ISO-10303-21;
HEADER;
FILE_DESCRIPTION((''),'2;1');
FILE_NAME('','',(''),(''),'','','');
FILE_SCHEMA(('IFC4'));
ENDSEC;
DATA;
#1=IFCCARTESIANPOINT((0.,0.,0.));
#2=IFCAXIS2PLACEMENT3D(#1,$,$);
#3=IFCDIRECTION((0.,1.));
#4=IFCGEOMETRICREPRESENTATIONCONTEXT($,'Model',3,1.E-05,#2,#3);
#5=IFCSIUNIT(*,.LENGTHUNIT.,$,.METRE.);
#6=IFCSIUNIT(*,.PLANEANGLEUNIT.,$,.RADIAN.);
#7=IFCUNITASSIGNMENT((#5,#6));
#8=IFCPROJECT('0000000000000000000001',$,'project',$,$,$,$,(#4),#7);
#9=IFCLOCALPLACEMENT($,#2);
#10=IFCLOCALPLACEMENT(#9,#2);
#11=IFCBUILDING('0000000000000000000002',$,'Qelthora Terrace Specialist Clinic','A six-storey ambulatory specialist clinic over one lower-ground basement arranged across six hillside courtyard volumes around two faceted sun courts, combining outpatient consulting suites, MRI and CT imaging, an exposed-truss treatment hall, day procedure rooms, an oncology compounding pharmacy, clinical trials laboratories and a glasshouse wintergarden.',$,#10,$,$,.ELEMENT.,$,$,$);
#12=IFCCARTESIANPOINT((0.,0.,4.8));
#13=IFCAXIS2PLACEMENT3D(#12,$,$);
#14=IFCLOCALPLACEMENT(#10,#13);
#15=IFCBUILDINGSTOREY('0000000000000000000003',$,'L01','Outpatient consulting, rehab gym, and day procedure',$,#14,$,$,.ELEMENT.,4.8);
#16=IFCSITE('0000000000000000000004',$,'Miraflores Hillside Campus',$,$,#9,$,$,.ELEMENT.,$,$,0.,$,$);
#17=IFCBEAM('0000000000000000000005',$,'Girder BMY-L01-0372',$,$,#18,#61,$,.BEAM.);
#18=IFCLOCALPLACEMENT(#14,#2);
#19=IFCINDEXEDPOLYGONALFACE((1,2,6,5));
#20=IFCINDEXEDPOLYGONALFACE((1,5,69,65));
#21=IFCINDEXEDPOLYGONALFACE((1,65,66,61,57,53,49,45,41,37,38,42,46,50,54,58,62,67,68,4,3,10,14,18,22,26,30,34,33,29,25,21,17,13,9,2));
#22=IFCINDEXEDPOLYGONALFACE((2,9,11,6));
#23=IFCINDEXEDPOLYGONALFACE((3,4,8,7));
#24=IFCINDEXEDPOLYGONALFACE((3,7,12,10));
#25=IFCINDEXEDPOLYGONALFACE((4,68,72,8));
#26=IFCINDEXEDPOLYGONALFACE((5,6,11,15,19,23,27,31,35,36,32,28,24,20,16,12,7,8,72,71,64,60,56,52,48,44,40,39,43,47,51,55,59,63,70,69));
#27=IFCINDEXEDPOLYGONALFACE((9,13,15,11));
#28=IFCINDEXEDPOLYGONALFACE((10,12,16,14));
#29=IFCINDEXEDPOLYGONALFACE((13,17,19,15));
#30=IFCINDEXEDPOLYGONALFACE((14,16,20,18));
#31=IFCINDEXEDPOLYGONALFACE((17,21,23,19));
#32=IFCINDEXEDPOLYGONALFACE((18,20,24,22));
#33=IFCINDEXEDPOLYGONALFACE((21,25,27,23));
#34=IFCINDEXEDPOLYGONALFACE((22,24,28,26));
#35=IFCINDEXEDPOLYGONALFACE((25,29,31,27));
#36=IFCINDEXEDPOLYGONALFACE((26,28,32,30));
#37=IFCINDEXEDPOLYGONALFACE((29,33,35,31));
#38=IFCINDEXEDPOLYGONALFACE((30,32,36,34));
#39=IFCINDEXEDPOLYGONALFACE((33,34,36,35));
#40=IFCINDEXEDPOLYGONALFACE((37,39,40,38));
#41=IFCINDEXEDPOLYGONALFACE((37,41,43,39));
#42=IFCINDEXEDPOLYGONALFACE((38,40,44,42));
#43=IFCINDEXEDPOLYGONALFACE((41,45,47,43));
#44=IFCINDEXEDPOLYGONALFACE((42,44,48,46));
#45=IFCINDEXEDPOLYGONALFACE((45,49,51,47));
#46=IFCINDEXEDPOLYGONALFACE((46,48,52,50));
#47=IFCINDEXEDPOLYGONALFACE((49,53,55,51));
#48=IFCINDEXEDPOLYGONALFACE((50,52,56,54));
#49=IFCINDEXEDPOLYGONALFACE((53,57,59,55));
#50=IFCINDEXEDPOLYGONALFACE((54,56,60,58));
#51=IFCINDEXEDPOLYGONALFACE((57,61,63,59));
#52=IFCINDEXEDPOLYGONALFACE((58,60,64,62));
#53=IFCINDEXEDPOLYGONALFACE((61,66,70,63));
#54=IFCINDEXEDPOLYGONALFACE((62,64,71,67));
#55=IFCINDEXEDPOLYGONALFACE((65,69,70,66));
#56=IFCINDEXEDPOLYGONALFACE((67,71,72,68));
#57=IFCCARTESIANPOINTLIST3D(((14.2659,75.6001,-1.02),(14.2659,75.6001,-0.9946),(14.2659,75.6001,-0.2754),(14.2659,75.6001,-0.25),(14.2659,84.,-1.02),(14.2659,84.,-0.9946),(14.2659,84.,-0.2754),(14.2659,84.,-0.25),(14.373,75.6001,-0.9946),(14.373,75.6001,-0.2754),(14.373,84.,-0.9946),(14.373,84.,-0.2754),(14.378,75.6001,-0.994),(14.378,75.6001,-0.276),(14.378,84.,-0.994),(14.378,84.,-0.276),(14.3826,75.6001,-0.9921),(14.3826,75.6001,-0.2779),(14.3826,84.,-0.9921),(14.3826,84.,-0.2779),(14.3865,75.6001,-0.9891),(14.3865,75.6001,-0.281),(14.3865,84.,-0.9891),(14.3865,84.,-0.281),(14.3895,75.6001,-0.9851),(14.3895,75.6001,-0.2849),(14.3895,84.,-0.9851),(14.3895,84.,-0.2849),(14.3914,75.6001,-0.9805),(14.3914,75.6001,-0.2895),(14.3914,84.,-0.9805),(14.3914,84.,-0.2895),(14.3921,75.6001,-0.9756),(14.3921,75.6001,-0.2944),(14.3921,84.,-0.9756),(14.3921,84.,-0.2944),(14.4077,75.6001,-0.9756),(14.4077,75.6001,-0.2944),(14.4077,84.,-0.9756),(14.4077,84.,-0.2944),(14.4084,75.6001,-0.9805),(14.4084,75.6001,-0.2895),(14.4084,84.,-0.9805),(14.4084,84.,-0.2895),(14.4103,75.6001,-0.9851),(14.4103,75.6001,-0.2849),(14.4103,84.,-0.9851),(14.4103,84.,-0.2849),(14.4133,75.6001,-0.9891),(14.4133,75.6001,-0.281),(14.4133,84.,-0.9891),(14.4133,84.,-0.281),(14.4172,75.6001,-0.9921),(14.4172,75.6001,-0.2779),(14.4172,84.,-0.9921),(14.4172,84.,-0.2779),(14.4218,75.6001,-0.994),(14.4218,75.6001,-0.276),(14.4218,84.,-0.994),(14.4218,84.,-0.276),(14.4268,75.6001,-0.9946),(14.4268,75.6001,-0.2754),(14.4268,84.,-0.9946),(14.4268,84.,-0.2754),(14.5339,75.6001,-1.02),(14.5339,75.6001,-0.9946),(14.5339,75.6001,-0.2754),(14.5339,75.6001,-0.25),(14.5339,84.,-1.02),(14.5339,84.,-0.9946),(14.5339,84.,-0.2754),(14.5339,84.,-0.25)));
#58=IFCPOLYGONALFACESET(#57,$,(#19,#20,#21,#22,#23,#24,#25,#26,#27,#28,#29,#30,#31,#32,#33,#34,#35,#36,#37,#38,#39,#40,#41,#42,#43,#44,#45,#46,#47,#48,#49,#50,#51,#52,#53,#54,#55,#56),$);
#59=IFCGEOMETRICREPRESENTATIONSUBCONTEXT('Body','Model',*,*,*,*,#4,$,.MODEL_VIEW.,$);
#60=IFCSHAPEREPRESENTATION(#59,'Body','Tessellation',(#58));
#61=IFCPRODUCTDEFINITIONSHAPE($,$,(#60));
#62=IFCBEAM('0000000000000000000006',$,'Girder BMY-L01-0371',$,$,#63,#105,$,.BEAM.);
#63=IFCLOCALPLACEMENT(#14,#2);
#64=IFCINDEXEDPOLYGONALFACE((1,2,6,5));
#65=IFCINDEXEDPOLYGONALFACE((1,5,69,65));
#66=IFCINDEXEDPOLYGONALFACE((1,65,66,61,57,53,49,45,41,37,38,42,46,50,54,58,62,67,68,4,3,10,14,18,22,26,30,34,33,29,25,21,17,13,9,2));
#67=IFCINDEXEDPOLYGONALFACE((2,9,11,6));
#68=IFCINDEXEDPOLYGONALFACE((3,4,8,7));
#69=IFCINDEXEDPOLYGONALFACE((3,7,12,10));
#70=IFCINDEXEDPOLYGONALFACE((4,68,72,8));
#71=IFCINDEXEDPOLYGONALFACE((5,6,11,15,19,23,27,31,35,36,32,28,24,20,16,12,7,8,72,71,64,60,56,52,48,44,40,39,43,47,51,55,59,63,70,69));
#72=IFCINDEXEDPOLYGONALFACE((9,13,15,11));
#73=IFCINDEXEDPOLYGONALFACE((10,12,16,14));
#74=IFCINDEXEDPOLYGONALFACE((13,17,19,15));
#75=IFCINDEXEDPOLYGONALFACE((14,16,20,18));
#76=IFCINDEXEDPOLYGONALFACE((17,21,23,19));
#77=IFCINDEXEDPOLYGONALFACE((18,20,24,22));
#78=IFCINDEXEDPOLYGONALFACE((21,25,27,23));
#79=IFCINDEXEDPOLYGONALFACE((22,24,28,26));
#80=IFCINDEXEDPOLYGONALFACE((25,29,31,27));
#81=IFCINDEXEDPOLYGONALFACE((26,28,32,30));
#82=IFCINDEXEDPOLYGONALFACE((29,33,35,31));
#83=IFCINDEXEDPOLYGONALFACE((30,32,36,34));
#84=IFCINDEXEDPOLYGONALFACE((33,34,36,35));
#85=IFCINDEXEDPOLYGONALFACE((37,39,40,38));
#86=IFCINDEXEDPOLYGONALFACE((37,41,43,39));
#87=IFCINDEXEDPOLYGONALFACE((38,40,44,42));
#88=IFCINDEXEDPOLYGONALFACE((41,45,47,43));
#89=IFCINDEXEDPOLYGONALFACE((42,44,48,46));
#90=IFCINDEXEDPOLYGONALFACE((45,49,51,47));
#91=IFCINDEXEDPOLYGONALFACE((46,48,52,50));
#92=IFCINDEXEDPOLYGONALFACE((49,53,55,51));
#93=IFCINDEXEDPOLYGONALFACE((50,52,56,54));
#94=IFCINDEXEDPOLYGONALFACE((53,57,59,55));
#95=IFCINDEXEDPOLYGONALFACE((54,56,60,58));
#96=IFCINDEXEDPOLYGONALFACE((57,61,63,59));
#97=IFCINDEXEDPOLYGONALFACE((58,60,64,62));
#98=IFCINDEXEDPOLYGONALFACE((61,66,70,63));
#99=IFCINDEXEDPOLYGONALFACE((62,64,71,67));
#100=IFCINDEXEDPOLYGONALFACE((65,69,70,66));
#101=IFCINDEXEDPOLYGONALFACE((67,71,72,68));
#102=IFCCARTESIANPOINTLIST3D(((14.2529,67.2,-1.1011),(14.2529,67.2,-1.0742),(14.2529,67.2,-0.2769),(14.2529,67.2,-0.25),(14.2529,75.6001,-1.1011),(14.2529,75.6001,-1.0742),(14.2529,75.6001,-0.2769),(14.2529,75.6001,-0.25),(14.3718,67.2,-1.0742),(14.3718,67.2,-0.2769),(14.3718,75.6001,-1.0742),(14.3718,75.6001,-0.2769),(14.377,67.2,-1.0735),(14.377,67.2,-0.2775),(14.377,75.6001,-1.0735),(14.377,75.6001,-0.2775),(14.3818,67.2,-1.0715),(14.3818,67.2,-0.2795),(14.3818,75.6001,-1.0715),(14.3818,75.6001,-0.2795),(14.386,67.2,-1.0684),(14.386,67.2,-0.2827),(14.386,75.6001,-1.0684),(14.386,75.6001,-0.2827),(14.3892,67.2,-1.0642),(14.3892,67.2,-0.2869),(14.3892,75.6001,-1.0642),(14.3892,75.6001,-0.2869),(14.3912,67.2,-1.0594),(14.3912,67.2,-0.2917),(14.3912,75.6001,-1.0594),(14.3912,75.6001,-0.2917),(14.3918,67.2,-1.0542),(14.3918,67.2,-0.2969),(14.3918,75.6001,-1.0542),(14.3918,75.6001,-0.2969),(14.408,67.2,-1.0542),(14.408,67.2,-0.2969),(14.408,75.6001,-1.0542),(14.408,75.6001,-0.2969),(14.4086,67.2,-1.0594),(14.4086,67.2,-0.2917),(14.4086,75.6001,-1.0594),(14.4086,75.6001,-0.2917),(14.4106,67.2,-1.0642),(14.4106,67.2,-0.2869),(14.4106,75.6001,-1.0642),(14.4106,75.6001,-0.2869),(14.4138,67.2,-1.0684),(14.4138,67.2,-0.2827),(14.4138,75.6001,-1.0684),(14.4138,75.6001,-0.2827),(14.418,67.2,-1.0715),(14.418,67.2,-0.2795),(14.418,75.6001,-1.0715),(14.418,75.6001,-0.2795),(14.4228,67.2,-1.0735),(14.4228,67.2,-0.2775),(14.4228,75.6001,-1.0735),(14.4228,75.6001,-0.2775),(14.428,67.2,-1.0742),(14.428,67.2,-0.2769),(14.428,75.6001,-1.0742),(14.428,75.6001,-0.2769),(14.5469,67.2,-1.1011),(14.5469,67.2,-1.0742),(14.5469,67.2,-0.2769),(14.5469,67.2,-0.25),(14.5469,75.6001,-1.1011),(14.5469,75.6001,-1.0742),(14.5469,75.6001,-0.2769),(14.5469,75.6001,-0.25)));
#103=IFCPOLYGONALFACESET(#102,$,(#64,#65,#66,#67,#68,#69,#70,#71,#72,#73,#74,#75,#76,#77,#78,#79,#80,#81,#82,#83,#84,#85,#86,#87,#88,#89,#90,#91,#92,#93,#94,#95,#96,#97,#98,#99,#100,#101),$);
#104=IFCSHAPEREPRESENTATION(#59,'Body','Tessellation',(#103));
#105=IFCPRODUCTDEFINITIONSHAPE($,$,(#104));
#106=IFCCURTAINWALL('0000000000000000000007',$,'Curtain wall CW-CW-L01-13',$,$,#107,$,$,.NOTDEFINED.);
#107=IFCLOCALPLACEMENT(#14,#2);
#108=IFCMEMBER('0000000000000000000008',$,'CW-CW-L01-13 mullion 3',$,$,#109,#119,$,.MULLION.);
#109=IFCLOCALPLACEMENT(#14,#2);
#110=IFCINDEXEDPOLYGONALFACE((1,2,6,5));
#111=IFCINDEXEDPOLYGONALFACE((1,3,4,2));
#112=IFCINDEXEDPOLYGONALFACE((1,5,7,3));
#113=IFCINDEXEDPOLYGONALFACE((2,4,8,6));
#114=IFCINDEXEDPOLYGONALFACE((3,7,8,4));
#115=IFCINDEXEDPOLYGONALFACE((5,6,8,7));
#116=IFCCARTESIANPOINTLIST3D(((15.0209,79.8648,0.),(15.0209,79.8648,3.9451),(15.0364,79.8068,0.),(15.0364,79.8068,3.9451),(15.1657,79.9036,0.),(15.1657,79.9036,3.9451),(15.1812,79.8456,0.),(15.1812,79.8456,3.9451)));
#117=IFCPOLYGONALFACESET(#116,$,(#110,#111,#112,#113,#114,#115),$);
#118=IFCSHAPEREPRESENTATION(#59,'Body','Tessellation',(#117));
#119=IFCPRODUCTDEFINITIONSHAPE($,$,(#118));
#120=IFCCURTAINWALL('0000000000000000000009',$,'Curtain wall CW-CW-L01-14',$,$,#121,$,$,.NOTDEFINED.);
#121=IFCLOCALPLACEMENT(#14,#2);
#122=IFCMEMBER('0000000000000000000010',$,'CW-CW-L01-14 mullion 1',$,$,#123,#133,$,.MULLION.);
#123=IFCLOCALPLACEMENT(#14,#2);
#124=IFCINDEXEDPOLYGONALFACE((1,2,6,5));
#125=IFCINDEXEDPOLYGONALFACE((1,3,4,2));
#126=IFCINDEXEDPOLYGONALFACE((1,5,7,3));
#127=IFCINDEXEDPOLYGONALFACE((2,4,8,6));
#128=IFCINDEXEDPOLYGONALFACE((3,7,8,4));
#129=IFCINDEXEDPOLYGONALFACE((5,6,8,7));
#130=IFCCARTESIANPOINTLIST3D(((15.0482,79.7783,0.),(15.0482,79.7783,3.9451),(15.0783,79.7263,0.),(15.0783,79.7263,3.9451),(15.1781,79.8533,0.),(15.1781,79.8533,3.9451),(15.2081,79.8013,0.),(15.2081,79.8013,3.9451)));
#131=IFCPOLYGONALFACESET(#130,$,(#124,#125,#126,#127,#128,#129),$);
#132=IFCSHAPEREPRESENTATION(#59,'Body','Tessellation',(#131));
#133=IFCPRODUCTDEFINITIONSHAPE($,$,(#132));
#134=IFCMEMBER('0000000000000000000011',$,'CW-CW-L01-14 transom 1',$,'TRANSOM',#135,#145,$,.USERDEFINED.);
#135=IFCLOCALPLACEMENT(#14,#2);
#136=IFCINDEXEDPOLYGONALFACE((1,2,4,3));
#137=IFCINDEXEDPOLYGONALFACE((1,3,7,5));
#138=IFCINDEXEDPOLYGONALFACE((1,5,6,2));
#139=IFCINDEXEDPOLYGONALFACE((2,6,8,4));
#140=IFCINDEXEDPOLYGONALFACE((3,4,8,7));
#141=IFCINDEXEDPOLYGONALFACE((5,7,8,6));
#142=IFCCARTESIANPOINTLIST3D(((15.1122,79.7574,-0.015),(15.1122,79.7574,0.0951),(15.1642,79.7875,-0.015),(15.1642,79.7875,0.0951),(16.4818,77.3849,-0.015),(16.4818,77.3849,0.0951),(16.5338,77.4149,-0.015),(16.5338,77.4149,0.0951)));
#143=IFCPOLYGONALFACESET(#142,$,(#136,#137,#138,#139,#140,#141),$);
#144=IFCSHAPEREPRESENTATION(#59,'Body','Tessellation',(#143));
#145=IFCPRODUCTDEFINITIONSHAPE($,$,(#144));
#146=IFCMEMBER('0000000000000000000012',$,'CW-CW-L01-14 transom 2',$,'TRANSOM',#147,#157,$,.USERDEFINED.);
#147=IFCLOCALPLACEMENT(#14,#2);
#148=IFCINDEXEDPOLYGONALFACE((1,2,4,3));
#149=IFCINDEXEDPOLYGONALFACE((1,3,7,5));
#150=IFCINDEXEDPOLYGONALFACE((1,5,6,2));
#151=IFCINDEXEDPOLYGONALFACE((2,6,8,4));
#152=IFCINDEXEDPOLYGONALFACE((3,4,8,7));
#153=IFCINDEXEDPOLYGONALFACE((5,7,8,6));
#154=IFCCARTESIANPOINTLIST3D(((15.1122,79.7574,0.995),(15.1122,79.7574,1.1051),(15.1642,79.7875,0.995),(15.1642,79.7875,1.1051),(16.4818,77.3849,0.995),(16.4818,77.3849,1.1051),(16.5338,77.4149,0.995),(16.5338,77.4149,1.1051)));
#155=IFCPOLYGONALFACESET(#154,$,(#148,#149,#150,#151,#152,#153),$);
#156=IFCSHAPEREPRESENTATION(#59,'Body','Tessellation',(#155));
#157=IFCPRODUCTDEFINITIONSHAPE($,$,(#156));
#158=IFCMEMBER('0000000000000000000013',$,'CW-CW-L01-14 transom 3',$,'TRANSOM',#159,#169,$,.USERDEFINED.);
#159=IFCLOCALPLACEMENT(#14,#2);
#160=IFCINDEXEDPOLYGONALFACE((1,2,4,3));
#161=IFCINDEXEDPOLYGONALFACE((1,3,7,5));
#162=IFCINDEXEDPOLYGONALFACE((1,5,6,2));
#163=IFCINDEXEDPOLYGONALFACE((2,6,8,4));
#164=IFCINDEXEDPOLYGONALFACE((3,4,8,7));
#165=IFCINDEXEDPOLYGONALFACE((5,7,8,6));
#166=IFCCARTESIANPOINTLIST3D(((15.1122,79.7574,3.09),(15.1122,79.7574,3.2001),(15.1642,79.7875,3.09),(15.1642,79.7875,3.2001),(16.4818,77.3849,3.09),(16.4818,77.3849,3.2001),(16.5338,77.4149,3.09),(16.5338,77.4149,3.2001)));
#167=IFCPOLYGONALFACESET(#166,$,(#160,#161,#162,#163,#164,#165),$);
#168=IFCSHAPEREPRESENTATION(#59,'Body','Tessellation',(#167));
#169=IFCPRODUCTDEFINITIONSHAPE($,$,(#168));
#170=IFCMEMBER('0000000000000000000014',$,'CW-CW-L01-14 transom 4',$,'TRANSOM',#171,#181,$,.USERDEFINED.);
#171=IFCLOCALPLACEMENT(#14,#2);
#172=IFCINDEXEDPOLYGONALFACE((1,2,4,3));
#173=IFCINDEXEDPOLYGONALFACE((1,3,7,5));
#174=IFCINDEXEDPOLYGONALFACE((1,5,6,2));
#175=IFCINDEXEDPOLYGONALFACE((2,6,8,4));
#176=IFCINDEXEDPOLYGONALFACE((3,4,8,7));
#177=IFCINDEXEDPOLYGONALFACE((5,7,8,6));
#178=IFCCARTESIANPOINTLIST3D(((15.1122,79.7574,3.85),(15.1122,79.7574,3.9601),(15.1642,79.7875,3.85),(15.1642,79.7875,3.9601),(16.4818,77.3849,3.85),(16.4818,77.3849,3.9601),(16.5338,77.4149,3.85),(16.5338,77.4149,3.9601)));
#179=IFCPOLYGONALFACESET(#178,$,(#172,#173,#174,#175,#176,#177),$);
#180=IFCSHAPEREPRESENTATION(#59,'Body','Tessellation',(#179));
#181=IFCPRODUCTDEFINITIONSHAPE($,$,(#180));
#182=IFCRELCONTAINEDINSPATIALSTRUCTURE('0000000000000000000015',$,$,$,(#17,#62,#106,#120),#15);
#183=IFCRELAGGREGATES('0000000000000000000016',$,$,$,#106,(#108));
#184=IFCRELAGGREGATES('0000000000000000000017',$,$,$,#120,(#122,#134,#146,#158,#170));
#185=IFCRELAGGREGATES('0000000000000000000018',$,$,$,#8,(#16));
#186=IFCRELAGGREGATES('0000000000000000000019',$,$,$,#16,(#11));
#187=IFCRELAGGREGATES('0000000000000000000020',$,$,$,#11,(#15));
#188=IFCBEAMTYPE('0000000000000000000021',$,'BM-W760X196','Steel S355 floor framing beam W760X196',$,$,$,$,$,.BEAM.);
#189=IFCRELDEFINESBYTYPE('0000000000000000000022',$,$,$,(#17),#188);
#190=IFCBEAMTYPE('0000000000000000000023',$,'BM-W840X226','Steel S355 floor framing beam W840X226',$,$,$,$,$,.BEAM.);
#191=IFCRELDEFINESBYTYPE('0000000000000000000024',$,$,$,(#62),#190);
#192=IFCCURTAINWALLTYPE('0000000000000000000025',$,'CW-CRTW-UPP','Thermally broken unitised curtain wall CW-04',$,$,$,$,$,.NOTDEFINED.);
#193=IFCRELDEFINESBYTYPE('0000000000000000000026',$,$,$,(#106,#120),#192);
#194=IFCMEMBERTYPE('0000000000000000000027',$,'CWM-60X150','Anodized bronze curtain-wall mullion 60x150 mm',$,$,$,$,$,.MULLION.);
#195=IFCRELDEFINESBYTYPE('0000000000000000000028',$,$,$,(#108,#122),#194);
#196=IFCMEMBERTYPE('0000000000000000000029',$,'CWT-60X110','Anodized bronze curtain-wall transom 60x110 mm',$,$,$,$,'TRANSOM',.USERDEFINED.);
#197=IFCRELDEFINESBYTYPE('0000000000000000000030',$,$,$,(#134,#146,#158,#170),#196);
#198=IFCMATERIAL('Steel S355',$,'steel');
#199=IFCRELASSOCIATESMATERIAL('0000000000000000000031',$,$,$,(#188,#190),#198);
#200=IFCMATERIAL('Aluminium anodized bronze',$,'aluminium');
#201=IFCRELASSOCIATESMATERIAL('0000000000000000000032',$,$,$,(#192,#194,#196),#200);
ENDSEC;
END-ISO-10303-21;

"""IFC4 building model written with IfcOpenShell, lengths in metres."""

from ifc_helpers import new_model, si_unit, direction, frame, origin, origin_2d, place, context, subcontext, project, spatial, rectangle, i_section, extrude, material, material_profile, profile_set, type_object, element, aggregate, save


model = new_model("IFC4")

# Units and contexts
model_context = context("Model", 3, precision=1e-05, world=origin(), true_north=direction((0.0, 1.0)))
body_context = subcontext(model_context, "Body", "Model", "MODEL_VIEW")
ifc_project = project(units=[si_unit("LENGTHUNIT", "METRE"), si_unit("PLANEANGLEUNIT", "RADIAN")], contexts=[model_context])

# Site, building, storey
site_placement = place(None, origin())
site = spatial("IfcSite", under=ifc_project, at=site_placement, Name="Miraflores Hillside Campus", CompositionType="ELEMENT", RefElevation=0.0)
building_placement = place(site_placement, origin())
building = spatial("IfcBuilding", under=site, at=building_placement, Name="Qelthora Terrace Specialist Clinic", Description="A six-storey ambulatory specialist clinic over one lower-ground basement arranged across six hillside courtyard volumes around two faceted sun courts, combining outpatient consulting suites, MRI and CT imaging, an exposed-truss treatment hall, day procedure rooms, an oncology compounding pharmacy, clinical trials laboratories and a glasshouse wintergarden.", CompositionType="ELEMENT")
storey_placement = place(building_placement, frame((0.0, 0.0, 4.8)))
storey = spatial("IfcBuildingStorey", under=building, at=storey_placement, Name="L01", Description="Outpatient consulting, rehab gym, and day procedure", CompositionType="ELEMENT", Elevation=4.8)

# Shared definitions
ifc_material_1 = material(Name="Steel S355", Category="steel")

# Beams
ifc_material_profile_1 = material_profile(ifc_material_1, i_section(OverallWidth=0.2681, OverallDepth=0.77, WebThickness=0.0156, FlangeThickness=0.0254, FilletRadius=0.019, at=origin_2d()), Name="W760X196")
ifc_profile_set_1 = profile_set([ifc_material_profile_1], Name="Steel S355")
beam_type_1 = type_object("IfcBeamType", Name="BM-W760X196", Description="Steel S355 floor framing beam W760X196", PredefinedType="BEAM", material=ifc_profile_set_1)
beam_1_placement = place(storey_placement, frame((14.3999, 75.6001, -0.635), z_axis=(0.0, 1.0, 0.0), x_axis=(-1.0, 0.0, 0.0)))
element("IfcBeam", 1, at=beam_1_placement, inside=storey, type_object=beam_type_1, Name="Girder BMY-L01-0372", PredefinedType="BEAM", context=body_context, shape_type="SweptSolid", body=[
    extrude(i_section(OverallWidth=0.2681, OverallDepth=0.77, WebThickness=0.0156, FlangeThickness=0.0254, FilletRadius=0.019, at=origin_2d()), origin(), (0.0, 0.0, 1.0), 8.3999),
])
ifc_material_profile_2 = material_profile(ifc_material_1, i_section(OverallWidth=0.2939, OverallDepth=0.8511, WebThickness=0.0161, FlangeThickness=0.0269, FilletRadius=0.02, at=origin_2d()), Name="W840X226")
ifc_profile_set_2 = profile_set([ifc_material_profile_2], Name="Steel S355")
beam_type_2 = type_object("IfcBeamType", Name="BM-W840X226", Description="Steel S355 floor framing beam W840X226", PredefinedType="BEAM", material=ifc_profile_set_2)
beam_2_placement = place(storey_placement, frame((14.3999, 67.2, -0.6755), z_axis=(0.0, 1.0, 0.0), x_axis=(-1.0, 0.0, 0.0)))
element("IfcBeam", 2, at=beam_2_placement, inside=storey, type_object=beam_type_2, Name="Girder BMY-L01-0371", PredefinedType="BEAM", context=body_context, shape_type="SweptSolid", body=[
    extrude(i_section(OverallWidth=0.2939, OverallDepth=0.8511, WebThickness=0.0161, FlangeThickness=0.0269, FilletRadius=0.02, at=origin_2d()), origin(), (0.0, 0.0, 1.0), 8.4001),
])

# Curtain wall, member
ifc_material_2 = material(Name="Aluminium anodized bronze", Category="aluminium")
curtain_wall_type = type_object("IfcCurtainWallType", Name="CW-CRTW-UPP", Description="Thermally broken unitised curtain wall CW-04", PredefinedType="NOTDEFINED", material=ifc_material_2)
curtain_wall_1_placement = place(storey_placement, origin())
curtain_wall_1 = element("IfcCurtainWall", 3, at=curtain_wall_1_placement, inside=storey, type_object=curtain_wall_type, Name="Curtain wall CW-CW-L01-13", PredefinedType="NOTDEFINED")
ifc_material_profile_3 = material_profile(ifc_material_2, rectangle(XDim=0.0601, YDim=0.1499, at=origin_2d()), Name="CWM60X150")
ifc_profile_set_3 = profile_set([ifc_material_profile_3], Name="Aluminium anodized bronze")
member_type_1 = type_object("IfcMemberType", Name="CWM-60X150", Description="Anodized bronze curtain-wall mullion 60x150 mm", PredefinedType="MULLION", material=ifc_profile_set_3)
member_1_placement = place(storey_placement, frame((15.1011, 79.8552, 0.0), z_axis=(0.0, 0.0, 1.0), x_axis=(0.25882, -0.965925, 0.0)))
member_1 = element("IfcMember", 4, at=member_1_placement, type_object=member_type_1, Name="CW-CW-L01-13 mullion 3", PredefinedType="MULLION", context=body_context, shape_type="SweptSolid", body=[
    extrude(rectangle(XDim=0.0601, YDim=0.1499, at=origin_2d()), origin(), (0.0, 0.0, 1.0), 3.9451),
])
aggregate(curtain_wall_1, [member_1])

# Curtain wall, members
curtain_wall_2_placement = place(storey_placement, origin())
curtain_wall_2 = element("IfcCurtainWall", 5, at=curtain_wall_2_placement, inside=storey, type_object=curtain_wall_type, Name="Curtain wall CW-CW-L01-14", PredefinedType="NOTDEFINED")
member_2_placement = place(storey_placement, frame((15.1282, 79.7898, 0.0), z_axis=(0.0, 0.0, 1.0), x_axis=(0.5, -0.866026, 0.0)))
member_2 = element("IfcMember", 6, at=member_2_placement, type_object=member_type_1, Name="CW-CW-L01-14 mullion 1", PredefinedType="MULLION", context=body_context, shape_type="SweptSolid", body=[
    extrude(rectangle(XDim=0.0601, YDim=0.1499, at=origin_2d()), origin(), (0.0, 0.0, 1.0), 3.9451),
])
ifc_material_profile_4 = material_profile(ifc_material_2, rectangle(XDim=0.0601, YDim=0.1101, at=origin_2d()), Name="CWT60X110")
ifc_profile_set_4 = profile_set([ifc_material_profile_4], Name="Aluminium anodized bronze")
member_type_2 = type_object("IfcMemberType", Name="CWT-60X110", Description="Anodized bronze curtain-wall transom 60x110 mm", ElementType="TRANSOM", PredefinedType="USERDEFINED", material=ifc_profile_set_4)
member_3_placement = place(storey_placement, frame((15.1382, 79.7725, 0.04), z_axis=(0.499954, -0.866052, 0.0), x_axis=(0.866052, 0.499954, 0.0)))
member_3 = element("IfcMember", 7, at=member_3_placement, type_object=member_type_2, Name="CW-CW-L01-14 transom 1", ObjectType="TRANSOM", PredefinedType="USERDEFINED", context=body_context, shape_type="SweptSolid", body=[
    extrude(rectangle(XDim=0.0601, YDim=0.1101, at=origin_2d()), origin(), (0.0, 0.0, 1.0), 2.7395),
])
member_4_placement = place(storey_placement, frame((15.1382, 79.7725, 1.05), z_axis=(0.499954, -0.866052, 0.0), x_axis=(0.866052, 0.499954, 0.0)))
member_4 = element("IfcMember", 8, at=member_4_placement, type_object=member_type_2, Name="CW-CW-L01-14 transom 2", ObjectType="TRANSOM", PredefinedType="USERDEFINED", context=body_context, shape_type="SweptSolid", body=[
    extrude(rectangle(XDim=0.0601, YDim=0.1101, at=origin_2d()), origin(), (0.0, 0.0, 1.0), 2.7395),
])
member_5_placement = place(storey_placement, frame((15.1382, 79.7725, 3.145), z_axis=(0.499954, -0.866052, 0.0), x_axis=(0.866052, 0.499954, 0.0)))
member_5 = element("IfcMember", 9, at=member_5_placement, type_object=member_type_2, Name="CW-CW-L01-14 transom 3", ObjectType="TRANSOM", PredefinedType="USERDEFINED", context=body_context, shape_type="SweptSolid", body=[
    extrude(rectangle(XDim=0.0601, YDim=0.1101, at=origin_2d()), origin(), (0.0, 0.0, 1.0), 2.7395),
])
member_6_placement = place(storey_placement, frame((15.1382, 79.7725, 3.905), z_axis=(0.499954, -0.866052, 0.0), x_axis=(0.866052, 0.499954, 0.0)))
member_6 = element("IfcMember", 10, at=member_6_placement, type_object=member_type_2, Name="CW-CW-L01-14 transom 4", ObjectType="TRANSOM", PredefinedType="USERDEFINED", context=body_context, shape_type="SweptSolid", body=[
    extrude(rectangle(XDim=0.0601, YDim=0.1101, at=origin_2d()), origin(), (0.0, 0.0, 1.0), 2.7395),
])

aggregate(curtain_wall_2, [member_2, member_3, member_4, member_5, member_6])

save(model, "model.ifc")
